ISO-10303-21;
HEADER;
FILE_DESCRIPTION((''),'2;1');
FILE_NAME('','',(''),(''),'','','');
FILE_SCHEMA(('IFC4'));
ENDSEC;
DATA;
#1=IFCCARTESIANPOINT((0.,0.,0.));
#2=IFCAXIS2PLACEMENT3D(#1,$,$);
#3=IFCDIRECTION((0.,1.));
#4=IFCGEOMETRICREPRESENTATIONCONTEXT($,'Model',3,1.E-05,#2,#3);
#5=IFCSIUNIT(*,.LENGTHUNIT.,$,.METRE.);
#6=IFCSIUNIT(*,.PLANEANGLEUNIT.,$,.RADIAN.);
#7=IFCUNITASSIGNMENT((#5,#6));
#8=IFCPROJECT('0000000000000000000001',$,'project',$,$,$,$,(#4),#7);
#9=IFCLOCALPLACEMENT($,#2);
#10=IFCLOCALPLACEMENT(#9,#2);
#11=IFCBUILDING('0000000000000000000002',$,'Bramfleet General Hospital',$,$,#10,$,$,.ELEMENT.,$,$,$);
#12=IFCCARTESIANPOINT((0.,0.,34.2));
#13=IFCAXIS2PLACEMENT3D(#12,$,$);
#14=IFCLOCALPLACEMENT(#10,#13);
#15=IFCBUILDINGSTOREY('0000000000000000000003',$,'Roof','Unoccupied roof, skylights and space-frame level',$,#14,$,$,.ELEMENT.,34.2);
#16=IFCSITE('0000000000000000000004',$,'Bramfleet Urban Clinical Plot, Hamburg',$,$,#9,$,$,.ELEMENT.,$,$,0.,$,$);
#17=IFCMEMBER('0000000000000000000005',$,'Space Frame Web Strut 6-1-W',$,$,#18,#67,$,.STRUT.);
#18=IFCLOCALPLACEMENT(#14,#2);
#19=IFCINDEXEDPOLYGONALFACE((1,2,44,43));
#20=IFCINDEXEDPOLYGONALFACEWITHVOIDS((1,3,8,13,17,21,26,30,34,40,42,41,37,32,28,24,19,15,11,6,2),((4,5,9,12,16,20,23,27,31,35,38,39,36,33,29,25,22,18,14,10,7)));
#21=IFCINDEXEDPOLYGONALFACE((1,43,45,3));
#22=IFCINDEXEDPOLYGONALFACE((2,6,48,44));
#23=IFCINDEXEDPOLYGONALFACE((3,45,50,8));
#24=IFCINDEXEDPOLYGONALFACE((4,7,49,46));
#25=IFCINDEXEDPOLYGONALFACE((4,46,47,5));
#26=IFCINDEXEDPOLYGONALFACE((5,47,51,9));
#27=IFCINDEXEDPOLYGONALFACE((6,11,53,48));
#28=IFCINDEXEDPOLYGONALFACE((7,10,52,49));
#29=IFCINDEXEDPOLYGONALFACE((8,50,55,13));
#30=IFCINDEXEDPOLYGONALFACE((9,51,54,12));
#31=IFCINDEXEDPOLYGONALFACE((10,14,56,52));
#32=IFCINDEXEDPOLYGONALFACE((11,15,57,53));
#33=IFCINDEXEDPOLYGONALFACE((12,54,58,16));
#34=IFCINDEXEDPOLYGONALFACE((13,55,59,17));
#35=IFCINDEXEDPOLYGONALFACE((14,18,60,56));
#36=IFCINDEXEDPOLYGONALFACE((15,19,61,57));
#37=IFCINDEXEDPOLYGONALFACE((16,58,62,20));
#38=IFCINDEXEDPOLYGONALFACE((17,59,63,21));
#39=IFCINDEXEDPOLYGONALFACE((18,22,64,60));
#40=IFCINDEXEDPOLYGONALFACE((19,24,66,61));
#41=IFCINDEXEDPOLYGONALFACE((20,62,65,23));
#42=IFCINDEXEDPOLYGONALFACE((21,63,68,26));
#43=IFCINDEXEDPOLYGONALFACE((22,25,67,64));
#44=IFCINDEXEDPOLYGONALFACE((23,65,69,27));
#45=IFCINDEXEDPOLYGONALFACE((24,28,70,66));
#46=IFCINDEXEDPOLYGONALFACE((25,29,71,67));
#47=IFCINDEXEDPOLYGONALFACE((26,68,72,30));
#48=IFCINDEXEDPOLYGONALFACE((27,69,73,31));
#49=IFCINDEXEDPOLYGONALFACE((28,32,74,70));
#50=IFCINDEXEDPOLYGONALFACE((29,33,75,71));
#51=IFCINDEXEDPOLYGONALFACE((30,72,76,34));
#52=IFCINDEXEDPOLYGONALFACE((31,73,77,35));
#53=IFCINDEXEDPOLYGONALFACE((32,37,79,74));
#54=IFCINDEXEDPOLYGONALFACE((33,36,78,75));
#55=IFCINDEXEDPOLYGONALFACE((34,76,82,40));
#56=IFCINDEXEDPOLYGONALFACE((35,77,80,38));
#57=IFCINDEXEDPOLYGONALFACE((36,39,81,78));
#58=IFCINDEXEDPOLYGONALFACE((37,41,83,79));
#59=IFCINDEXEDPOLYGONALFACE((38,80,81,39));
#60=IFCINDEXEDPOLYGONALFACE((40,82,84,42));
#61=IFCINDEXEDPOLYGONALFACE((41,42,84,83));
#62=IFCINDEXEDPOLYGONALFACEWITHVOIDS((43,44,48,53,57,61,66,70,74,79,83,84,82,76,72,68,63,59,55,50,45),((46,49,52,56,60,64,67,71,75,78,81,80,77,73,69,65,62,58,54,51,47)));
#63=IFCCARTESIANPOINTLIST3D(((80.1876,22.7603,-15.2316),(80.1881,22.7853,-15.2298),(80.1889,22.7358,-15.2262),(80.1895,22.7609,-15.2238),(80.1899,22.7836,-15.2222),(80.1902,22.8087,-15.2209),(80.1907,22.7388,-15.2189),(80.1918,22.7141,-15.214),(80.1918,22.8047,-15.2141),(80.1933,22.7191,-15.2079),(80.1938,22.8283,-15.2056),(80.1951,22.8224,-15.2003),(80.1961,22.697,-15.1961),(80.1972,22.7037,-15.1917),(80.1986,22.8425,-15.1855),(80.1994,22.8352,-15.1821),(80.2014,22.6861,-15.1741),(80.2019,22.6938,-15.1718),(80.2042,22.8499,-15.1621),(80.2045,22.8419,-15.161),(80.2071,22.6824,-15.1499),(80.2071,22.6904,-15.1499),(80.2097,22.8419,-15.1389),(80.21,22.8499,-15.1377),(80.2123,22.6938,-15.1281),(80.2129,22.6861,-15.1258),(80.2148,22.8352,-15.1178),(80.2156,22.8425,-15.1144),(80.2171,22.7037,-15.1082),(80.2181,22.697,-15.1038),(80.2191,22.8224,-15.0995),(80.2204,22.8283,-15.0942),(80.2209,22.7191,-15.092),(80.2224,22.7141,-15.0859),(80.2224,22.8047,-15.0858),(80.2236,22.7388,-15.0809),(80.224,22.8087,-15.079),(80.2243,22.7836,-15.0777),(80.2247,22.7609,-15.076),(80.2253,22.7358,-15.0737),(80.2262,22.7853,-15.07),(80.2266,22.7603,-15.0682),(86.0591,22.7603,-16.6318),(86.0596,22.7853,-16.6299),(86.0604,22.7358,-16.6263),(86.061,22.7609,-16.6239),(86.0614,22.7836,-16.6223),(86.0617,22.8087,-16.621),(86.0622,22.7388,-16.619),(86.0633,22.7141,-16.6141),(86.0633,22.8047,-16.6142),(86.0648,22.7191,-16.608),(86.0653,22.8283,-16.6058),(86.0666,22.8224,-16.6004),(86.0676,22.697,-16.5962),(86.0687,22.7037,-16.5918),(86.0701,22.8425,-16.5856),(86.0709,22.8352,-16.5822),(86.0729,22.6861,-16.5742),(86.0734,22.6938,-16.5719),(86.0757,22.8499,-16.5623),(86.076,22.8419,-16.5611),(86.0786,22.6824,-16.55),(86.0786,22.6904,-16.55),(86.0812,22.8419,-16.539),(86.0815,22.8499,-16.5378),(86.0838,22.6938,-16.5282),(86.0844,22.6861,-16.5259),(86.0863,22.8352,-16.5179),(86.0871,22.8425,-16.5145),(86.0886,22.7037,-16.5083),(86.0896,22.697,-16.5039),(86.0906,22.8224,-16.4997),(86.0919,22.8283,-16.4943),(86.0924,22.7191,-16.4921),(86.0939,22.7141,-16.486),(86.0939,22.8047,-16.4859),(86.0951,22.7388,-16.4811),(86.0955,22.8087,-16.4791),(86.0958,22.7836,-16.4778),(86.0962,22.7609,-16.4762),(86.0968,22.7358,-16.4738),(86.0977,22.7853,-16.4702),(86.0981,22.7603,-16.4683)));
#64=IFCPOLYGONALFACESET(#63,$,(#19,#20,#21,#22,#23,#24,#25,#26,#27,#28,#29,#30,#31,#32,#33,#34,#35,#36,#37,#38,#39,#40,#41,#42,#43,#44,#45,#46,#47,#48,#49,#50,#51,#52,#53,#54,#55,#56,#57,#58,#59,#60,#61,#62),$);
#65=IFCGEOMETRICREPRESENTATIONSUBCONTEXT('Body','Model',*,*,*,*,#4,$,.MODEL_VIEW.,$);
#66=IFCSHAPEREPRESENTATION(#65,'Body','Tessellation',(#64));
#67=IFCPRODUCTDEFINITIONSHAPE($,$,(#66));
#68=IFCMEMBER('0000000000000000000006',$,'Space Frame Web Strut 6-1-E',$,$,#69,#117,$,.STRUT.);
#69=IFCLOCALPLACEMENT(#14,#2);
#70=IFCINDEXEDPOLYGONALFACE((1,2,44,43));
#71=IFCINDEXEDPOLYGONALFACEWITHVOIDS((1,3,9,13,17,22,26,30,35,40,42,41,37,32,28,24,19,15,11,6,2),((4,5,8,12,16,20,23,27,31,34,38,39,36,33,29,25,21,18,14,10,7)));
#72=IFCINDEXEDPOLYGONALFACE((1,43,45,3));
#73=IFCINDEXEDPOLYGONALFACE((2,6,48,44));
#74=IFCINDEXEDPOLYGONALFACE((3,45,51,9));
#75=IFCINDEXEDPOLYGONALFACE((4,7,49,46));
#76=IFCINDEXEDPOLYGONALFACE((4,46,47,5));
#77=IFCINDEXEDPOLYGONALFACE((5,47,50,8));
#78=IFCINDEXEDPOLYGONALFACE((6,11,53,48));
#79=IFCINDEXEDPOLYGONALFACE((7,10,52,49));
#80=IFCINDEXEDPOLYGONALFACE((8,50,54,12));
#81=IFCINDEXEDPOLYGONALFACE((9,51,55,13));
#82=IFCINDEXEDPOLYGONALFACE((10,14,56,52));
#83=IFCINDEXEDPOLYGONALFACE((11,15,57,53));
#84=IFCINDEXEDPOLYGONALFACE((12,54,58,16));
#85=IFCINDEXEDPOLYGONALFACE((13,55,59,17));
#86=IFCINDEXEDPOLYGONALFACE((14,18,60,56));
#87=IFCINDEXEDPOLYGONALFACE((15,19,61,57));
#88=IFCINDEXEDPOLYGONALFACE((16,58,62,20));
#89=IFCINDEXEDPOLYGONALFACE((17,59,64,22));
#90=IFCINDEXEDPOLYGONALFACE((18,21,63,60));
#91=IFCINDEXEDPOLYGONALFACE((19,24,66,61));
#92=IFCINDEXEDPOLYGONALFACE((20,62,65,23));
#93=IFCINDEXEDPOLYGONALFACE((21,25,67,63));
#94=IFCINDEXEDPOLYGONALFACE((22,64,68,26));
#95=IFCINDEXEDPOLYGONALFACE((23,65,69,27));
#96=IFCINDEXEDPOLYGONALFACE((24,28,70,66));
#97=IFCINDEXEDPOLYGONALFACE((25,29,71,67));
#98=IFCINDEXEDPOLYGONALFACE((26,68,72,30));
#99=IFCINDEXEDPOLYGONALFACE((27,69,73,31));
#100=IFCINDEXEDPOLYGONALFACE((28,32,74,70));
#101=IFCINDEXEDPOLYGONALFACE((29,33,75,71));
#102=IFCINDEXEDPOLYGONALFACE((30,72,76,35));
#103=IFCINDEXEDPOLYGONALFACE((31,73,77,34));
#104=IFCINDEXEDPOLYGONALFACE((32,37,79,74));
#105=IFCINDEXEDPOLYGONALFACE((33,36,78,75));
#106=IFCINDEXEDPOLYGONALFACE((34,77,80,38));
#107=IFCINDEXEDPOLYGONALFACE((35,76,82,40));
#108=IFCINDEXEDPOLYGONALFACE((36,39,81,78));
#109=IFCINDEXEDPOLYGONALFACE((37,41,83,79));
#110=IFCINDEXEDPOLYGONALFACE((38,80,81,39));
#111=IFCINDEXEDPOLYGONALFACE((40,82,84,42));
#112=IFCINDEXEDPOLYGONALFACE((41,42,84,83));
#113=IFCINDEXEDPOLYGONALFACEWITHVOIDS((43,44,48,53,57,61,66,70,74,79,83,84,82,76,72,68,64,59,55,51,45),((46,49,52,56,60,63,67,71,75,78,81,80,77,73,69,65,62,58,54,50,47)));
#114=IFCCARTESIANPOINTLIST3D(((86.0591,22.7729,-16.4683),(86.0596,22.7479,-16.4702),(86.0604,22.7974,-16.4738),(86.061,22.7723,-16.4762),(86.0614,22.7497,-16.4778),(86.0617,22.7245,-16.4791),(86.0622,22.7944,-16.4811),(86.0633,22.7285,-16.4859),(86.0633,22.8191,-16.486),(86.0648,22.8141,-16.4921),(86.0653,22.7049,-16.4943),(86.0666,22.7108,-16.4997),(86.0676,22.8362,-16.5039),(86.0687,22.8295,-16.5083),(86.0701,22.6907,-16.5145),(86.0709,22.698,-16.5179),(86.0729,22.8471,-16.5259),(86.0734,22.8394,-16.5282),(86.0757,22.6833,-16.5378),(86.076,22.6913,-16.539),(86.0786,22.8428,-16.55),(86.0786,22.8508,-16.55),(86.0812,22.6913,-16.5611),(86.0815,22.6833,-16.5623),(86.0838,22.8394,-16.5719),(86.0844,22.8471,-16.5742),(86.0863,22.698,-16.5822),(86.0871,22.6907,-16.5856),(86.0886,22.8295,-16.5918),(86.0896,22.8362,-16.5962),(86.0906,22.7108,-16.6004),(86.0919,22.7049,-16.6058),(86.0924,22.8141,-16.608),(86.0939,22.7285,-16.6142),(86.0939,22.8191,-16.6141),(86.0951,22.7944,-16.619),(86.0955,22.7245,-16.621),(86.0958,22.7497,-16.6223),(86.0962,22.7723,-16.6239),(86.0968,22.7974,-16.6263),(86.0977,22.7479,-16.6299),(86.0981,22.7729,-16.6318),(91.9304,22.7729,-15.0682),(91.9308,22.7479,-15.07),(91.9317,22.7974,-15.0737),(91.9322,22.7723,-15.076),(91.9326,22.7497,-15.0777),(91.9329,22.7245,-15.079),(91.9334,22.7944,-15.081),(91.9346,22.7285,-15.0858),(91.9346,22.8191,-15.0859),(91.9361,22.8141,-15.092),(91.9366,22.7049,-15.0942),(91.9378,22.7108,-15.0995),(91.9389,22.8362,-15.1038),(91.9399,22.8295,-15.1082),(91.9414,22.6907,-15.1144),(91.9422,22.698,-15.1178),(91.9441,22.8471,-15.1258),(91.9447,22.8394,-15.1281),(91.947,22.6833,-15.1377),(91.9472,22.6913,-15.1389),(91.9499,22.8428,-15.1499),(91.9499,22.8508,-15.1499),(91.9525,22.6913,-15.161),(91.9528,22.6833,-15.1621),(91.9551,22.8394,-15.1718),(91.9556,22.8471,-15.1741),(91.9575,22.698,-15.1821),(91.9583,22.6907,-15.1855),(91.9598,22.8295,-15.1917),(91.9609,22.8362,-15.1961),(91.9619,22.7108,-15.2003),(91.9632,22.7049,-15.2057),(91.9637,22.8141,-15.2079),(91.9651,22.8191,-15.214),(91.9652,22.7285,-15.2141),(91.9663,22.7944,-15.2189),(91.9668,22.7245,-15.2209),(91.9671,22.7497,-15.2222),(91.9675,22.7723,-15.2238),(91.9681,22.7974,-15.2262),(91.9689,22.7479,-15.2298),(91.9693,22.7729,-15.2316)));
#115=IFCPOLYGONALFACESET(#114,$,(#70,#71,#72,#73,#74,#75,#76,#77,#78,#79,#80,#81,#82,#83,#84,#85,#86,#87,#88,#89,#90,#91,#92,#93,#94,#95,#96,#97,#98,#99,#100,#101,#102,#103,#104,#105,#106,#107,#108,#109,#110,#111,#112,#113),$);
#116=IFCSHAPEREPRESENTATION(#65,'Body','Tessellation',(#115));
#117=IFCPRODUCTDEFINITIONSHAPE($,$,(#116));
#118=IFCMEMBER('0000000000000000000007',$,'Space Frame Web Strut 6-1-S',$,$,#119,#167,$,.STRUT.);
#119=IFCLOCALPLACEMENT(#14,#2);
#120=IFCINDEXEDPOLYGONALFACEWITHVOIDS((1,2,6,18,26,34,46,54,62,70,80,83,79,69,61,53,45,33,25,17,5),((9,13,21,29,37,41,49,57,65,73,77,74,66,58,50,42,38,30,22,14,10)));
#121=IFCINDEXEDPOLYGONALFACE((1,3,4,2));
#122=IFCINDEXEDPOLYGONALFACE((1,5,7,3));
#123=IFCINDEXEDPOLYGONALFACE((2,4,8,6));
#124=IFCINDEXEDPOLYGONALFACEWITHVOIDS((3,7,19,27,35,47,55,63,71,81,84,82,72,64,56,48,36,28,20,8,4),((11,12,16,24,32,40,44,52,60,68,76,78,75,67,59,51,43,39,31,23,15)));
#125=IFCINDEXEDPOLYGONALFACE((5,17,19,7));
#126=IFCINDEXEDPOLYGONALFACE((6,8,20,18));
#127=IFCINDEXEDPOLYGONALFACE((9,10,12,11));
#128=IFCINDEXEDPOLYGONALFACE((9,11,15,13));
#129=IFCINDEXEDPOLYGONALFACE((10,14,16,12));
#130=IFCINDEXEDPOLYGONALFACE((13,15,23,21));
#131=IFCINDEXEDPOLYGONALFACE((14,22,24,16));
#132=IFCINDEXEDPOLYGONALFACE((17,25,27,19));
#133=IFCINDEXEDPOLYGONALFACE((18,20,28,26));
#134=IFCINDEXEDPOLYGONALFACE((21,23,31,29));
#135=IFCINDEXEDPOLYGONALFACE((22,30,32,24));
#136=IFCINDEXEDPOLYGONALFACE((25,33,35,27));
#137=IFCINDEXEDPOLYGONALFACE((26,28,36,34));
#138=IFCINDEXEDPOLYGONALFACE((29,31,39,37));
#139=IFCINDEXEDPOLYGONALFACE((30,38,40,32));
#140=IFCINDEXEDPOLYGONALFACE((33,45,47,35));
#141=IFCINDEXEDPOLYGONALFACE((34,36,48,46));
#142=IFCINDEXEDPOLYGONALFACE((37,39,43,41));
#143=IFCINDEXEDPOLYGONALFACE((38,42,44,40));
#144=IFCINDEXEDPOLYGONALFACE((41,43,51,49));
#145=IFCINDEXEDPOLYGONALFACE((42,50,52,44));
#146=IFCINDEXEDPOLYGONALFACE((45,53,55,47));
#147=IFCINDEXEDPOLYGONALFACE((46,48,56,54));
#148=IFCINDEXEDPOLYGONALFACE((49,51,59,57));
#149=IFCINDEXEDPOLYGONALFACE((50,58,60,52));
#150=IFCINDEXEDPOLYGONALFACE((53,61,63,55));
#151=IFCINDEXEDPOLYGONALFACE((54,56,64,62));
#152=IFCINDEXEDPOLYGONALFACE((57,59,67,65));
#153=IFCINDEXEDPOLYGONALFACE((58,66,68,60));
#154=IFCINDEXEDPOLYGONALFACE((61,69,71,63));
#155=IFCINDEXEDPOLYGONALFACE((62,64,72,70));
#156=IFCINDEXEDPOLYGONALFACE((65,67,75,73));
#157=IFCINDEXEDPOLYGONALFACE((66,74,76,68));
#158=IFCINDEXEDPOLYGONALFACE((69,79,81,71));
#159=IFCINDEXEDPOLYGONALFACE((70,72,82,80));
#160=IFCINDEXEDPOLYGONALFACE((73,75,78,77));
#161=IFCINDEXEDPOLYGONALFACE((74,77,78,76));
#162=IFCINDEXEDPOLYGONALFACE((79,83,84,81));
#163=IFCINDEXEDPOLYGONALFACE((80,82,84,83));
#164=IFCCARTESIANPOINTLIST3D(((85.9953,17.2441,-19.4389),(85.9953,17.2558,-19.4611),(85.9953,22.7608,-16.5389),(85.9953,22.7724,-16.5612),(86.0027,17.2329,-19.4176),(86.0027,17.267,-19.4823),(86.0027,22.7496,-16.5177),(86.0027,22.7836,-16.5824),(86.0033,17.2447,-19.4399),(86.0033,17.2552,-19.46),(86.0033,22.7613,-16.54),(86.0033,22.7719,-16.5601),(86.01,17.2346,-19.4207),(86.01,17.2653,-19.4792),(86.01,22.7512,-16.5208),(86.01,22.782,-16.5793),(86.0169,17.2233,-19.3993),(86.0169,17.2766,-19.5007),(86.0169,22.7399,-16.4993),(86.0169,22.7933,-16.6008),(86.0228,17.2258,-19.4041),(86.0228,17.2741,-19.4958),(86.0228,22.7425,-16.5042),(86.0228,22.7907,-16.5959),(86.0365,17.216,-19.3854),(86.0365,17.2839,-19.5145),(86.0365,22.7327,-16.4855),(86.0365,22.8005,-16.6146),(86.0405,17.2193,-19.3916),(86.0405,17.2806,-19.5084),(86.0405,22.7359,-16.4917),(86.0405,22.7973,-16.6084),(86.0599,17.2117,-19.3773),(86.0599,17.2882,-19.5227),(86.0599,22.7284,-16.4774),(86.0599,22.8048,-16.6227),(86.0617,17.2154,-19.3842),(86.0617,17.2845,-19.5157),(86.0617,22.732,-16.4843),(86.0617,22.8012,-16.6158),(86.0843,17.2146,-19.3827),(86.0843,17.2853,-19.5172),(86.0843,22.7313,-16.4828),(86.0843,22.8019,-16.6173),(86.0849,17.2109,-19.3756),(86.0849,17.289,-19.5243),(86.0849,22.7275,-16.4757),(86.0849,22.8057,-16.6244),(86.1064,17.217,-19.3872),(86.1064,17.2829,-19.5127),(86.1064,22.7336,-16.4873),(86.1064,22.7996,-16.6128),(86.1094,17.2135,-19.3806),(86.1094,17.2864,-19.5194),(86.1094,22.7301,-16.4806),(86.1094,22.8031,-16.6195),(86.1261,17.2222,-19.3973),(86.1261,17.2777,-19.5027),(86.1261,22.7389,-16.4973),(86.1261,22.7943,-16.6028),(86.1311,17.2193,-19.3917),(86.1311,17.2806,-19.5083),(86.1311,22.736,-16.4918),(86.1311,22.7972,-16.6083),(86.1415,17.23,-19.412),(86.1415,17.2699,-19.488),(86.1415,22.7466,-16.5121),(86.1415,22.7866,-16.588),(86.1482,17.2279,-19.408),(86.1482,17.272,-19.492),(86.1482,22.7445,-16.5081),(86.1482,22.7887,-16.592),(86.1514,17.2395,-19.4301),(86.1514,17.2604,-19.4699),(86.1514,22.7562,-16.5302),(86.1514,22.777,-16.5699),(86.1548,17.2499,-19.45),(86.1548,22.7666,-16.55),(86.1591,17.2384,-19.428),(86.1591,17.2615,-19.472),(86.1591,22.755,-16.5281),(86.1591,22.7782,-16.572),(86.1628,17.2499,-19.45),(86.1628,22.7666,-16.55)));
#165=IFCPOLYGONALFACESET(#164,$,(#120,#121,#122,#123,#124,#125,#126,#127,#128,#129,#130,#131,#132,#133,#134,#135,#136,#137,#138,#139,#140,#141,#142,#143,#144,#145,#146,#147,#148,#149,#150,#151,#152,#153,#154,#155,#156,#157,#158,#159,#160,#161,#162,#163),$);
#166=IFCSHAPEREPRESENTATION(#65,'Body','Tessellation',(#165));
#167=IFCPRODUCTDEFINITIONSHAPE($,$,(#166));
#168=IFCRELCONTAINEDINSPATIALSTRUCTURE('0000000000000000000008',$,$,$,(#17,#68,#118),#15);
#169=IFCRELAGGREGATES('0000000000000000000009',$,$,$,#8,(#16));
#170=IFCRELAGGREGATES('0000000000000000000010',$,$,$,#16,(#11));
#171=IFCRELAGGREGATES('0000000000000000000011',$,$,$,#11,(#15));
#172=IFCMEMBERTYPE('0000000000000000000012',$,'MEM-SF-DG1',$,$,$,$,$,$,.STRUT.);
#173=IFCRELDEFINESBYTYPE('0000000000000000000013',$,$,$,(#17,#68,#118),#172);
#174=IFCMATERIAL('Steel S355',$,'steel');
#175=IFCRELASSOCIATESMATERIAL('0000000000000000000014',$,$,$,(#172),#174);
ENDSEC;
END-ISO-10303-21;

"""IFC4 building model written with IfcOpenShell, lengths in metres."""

from ifc_helpers import new_model, si_unit, direction, frame, origin, origin_2d, place, context, subcontext, project, spatial, hollow_circle, extrude, material, material_profile, profile_set, type_object, element, save


model = new_model("IFC4")

# Units and contexts
model_context = context("Model", 3, precision=1e-05, world=origin(), true_north=direction((0.0, 1.0)))
body_context = subcontext(model_context, "Body", "Model", "MODEL_VIEW")
ifc_project = project(units=[si_unit("LENGTHUNIT", "METRE"), si_unit("PLANEANGLEUNIT", "RADIAN")], contexts=[model_context])

# Site, building, storey
site_placement = place(None, origin())
site = spatial("IfcSite", under=ifc_project, at=site_placement, Name="Bramfleet Urban Clinical Plot, Hamburg", CompositionType="ELEMENT", RefElevation=0.0)
building_placement = place(site_placement, origin())
building = spatial("IfcBuilding", under=site, at=building_placement, Name="Bramfleet General Hospital", CompositionType="ELEMENT")
storey_placement = place(building_placement, frame((0.0, 0.0, 34.2)))
storey = spatial("IfcBuildingStorey", under=building, at=storey_placement, Name="Roof", Description="Unoccupied roof, skylights and space-frame level", CompositionType="ELEMENT", Elevation=34.2)

# Members
ifc_material_1 = material(Name="Steel S355", Category="steel")
ifc_material_profile_1 = material_profile(ifc_material_1, hollow_circle(Radius=0.0842, WallThickness=0.0081, at=origin_2d()), Name="CHS 168.3x8.0")
ifc_profile_set_1 = profile_set([ifc_material_profile_1], Name="Steel S355")
member_type_1 = type_object("IfcMemberType", Name="MEM-SF-DG1", PredefinedType="STRUT", material=ifc_profile_set_1)
member_1_placement = place(storey_placement, frame((86.0786, 22.7666, -16.55), z_axis=(-0.972726, 0.0, 0.231958), x_axis=(0.0, -1.0, 0.0)))
element("IfcMember", 1, at=member_1_placement, inside=storey, type_object=member_type_1, Name="Space Frame Web Strut 6-1-W", PredefinedType="STRUT", context=body_context, shape_type="SweptSolid", body=[
    extrude(hollow_circle(Radius=0.0842, WallThickness=0.0081, at=origin_2d()), origin(), (0.0, 0.0, 1.0), 6.0361),
])
member_2_placement = place(storey_placement, frame((86.0786, 22.7666, -16.55), z_axis=(0.972724, 0.0, 0.231967), x_axis=(0.0, 1.0, 0.0)))
element("IfcMember", 2, at=member_2_placement, inside=storey, type_object=member_type_1, Name="Space Frame Web Strut 6-1-E", PredefinedType="STRUT", context=body_context, shape_type="SweptSolid", body=[
    extrude(hollow_circle(Radius=0.0842, WallThickness=0.0081, at=origin_2d()), origin(), (0.0, 0.0, 1.0), 6.0359),
])
member_3_placement = place(storey_placement, frame((86.0786, 22.7666, -16.55), z_axis=(0.0, -0.885154, -0.465298), x_axis=(1.0, 0.0, 0.0)))
element("IfcMember", 3, at=member_3_placement, inside=storey, type_object=member_type_1, Name="Space Frame Web Strut 6-1-S", PredefinedType="STRUT", context=body_context, shape_type="SweptSolid", body=[
    extrude(hollow_circle(Radius=0.0842, WallThickness=0.0081, at=origin_2d()), origin(), (0.0, 0.0, 1.0), 6.2324),
])

save(model, "model.ifc")
